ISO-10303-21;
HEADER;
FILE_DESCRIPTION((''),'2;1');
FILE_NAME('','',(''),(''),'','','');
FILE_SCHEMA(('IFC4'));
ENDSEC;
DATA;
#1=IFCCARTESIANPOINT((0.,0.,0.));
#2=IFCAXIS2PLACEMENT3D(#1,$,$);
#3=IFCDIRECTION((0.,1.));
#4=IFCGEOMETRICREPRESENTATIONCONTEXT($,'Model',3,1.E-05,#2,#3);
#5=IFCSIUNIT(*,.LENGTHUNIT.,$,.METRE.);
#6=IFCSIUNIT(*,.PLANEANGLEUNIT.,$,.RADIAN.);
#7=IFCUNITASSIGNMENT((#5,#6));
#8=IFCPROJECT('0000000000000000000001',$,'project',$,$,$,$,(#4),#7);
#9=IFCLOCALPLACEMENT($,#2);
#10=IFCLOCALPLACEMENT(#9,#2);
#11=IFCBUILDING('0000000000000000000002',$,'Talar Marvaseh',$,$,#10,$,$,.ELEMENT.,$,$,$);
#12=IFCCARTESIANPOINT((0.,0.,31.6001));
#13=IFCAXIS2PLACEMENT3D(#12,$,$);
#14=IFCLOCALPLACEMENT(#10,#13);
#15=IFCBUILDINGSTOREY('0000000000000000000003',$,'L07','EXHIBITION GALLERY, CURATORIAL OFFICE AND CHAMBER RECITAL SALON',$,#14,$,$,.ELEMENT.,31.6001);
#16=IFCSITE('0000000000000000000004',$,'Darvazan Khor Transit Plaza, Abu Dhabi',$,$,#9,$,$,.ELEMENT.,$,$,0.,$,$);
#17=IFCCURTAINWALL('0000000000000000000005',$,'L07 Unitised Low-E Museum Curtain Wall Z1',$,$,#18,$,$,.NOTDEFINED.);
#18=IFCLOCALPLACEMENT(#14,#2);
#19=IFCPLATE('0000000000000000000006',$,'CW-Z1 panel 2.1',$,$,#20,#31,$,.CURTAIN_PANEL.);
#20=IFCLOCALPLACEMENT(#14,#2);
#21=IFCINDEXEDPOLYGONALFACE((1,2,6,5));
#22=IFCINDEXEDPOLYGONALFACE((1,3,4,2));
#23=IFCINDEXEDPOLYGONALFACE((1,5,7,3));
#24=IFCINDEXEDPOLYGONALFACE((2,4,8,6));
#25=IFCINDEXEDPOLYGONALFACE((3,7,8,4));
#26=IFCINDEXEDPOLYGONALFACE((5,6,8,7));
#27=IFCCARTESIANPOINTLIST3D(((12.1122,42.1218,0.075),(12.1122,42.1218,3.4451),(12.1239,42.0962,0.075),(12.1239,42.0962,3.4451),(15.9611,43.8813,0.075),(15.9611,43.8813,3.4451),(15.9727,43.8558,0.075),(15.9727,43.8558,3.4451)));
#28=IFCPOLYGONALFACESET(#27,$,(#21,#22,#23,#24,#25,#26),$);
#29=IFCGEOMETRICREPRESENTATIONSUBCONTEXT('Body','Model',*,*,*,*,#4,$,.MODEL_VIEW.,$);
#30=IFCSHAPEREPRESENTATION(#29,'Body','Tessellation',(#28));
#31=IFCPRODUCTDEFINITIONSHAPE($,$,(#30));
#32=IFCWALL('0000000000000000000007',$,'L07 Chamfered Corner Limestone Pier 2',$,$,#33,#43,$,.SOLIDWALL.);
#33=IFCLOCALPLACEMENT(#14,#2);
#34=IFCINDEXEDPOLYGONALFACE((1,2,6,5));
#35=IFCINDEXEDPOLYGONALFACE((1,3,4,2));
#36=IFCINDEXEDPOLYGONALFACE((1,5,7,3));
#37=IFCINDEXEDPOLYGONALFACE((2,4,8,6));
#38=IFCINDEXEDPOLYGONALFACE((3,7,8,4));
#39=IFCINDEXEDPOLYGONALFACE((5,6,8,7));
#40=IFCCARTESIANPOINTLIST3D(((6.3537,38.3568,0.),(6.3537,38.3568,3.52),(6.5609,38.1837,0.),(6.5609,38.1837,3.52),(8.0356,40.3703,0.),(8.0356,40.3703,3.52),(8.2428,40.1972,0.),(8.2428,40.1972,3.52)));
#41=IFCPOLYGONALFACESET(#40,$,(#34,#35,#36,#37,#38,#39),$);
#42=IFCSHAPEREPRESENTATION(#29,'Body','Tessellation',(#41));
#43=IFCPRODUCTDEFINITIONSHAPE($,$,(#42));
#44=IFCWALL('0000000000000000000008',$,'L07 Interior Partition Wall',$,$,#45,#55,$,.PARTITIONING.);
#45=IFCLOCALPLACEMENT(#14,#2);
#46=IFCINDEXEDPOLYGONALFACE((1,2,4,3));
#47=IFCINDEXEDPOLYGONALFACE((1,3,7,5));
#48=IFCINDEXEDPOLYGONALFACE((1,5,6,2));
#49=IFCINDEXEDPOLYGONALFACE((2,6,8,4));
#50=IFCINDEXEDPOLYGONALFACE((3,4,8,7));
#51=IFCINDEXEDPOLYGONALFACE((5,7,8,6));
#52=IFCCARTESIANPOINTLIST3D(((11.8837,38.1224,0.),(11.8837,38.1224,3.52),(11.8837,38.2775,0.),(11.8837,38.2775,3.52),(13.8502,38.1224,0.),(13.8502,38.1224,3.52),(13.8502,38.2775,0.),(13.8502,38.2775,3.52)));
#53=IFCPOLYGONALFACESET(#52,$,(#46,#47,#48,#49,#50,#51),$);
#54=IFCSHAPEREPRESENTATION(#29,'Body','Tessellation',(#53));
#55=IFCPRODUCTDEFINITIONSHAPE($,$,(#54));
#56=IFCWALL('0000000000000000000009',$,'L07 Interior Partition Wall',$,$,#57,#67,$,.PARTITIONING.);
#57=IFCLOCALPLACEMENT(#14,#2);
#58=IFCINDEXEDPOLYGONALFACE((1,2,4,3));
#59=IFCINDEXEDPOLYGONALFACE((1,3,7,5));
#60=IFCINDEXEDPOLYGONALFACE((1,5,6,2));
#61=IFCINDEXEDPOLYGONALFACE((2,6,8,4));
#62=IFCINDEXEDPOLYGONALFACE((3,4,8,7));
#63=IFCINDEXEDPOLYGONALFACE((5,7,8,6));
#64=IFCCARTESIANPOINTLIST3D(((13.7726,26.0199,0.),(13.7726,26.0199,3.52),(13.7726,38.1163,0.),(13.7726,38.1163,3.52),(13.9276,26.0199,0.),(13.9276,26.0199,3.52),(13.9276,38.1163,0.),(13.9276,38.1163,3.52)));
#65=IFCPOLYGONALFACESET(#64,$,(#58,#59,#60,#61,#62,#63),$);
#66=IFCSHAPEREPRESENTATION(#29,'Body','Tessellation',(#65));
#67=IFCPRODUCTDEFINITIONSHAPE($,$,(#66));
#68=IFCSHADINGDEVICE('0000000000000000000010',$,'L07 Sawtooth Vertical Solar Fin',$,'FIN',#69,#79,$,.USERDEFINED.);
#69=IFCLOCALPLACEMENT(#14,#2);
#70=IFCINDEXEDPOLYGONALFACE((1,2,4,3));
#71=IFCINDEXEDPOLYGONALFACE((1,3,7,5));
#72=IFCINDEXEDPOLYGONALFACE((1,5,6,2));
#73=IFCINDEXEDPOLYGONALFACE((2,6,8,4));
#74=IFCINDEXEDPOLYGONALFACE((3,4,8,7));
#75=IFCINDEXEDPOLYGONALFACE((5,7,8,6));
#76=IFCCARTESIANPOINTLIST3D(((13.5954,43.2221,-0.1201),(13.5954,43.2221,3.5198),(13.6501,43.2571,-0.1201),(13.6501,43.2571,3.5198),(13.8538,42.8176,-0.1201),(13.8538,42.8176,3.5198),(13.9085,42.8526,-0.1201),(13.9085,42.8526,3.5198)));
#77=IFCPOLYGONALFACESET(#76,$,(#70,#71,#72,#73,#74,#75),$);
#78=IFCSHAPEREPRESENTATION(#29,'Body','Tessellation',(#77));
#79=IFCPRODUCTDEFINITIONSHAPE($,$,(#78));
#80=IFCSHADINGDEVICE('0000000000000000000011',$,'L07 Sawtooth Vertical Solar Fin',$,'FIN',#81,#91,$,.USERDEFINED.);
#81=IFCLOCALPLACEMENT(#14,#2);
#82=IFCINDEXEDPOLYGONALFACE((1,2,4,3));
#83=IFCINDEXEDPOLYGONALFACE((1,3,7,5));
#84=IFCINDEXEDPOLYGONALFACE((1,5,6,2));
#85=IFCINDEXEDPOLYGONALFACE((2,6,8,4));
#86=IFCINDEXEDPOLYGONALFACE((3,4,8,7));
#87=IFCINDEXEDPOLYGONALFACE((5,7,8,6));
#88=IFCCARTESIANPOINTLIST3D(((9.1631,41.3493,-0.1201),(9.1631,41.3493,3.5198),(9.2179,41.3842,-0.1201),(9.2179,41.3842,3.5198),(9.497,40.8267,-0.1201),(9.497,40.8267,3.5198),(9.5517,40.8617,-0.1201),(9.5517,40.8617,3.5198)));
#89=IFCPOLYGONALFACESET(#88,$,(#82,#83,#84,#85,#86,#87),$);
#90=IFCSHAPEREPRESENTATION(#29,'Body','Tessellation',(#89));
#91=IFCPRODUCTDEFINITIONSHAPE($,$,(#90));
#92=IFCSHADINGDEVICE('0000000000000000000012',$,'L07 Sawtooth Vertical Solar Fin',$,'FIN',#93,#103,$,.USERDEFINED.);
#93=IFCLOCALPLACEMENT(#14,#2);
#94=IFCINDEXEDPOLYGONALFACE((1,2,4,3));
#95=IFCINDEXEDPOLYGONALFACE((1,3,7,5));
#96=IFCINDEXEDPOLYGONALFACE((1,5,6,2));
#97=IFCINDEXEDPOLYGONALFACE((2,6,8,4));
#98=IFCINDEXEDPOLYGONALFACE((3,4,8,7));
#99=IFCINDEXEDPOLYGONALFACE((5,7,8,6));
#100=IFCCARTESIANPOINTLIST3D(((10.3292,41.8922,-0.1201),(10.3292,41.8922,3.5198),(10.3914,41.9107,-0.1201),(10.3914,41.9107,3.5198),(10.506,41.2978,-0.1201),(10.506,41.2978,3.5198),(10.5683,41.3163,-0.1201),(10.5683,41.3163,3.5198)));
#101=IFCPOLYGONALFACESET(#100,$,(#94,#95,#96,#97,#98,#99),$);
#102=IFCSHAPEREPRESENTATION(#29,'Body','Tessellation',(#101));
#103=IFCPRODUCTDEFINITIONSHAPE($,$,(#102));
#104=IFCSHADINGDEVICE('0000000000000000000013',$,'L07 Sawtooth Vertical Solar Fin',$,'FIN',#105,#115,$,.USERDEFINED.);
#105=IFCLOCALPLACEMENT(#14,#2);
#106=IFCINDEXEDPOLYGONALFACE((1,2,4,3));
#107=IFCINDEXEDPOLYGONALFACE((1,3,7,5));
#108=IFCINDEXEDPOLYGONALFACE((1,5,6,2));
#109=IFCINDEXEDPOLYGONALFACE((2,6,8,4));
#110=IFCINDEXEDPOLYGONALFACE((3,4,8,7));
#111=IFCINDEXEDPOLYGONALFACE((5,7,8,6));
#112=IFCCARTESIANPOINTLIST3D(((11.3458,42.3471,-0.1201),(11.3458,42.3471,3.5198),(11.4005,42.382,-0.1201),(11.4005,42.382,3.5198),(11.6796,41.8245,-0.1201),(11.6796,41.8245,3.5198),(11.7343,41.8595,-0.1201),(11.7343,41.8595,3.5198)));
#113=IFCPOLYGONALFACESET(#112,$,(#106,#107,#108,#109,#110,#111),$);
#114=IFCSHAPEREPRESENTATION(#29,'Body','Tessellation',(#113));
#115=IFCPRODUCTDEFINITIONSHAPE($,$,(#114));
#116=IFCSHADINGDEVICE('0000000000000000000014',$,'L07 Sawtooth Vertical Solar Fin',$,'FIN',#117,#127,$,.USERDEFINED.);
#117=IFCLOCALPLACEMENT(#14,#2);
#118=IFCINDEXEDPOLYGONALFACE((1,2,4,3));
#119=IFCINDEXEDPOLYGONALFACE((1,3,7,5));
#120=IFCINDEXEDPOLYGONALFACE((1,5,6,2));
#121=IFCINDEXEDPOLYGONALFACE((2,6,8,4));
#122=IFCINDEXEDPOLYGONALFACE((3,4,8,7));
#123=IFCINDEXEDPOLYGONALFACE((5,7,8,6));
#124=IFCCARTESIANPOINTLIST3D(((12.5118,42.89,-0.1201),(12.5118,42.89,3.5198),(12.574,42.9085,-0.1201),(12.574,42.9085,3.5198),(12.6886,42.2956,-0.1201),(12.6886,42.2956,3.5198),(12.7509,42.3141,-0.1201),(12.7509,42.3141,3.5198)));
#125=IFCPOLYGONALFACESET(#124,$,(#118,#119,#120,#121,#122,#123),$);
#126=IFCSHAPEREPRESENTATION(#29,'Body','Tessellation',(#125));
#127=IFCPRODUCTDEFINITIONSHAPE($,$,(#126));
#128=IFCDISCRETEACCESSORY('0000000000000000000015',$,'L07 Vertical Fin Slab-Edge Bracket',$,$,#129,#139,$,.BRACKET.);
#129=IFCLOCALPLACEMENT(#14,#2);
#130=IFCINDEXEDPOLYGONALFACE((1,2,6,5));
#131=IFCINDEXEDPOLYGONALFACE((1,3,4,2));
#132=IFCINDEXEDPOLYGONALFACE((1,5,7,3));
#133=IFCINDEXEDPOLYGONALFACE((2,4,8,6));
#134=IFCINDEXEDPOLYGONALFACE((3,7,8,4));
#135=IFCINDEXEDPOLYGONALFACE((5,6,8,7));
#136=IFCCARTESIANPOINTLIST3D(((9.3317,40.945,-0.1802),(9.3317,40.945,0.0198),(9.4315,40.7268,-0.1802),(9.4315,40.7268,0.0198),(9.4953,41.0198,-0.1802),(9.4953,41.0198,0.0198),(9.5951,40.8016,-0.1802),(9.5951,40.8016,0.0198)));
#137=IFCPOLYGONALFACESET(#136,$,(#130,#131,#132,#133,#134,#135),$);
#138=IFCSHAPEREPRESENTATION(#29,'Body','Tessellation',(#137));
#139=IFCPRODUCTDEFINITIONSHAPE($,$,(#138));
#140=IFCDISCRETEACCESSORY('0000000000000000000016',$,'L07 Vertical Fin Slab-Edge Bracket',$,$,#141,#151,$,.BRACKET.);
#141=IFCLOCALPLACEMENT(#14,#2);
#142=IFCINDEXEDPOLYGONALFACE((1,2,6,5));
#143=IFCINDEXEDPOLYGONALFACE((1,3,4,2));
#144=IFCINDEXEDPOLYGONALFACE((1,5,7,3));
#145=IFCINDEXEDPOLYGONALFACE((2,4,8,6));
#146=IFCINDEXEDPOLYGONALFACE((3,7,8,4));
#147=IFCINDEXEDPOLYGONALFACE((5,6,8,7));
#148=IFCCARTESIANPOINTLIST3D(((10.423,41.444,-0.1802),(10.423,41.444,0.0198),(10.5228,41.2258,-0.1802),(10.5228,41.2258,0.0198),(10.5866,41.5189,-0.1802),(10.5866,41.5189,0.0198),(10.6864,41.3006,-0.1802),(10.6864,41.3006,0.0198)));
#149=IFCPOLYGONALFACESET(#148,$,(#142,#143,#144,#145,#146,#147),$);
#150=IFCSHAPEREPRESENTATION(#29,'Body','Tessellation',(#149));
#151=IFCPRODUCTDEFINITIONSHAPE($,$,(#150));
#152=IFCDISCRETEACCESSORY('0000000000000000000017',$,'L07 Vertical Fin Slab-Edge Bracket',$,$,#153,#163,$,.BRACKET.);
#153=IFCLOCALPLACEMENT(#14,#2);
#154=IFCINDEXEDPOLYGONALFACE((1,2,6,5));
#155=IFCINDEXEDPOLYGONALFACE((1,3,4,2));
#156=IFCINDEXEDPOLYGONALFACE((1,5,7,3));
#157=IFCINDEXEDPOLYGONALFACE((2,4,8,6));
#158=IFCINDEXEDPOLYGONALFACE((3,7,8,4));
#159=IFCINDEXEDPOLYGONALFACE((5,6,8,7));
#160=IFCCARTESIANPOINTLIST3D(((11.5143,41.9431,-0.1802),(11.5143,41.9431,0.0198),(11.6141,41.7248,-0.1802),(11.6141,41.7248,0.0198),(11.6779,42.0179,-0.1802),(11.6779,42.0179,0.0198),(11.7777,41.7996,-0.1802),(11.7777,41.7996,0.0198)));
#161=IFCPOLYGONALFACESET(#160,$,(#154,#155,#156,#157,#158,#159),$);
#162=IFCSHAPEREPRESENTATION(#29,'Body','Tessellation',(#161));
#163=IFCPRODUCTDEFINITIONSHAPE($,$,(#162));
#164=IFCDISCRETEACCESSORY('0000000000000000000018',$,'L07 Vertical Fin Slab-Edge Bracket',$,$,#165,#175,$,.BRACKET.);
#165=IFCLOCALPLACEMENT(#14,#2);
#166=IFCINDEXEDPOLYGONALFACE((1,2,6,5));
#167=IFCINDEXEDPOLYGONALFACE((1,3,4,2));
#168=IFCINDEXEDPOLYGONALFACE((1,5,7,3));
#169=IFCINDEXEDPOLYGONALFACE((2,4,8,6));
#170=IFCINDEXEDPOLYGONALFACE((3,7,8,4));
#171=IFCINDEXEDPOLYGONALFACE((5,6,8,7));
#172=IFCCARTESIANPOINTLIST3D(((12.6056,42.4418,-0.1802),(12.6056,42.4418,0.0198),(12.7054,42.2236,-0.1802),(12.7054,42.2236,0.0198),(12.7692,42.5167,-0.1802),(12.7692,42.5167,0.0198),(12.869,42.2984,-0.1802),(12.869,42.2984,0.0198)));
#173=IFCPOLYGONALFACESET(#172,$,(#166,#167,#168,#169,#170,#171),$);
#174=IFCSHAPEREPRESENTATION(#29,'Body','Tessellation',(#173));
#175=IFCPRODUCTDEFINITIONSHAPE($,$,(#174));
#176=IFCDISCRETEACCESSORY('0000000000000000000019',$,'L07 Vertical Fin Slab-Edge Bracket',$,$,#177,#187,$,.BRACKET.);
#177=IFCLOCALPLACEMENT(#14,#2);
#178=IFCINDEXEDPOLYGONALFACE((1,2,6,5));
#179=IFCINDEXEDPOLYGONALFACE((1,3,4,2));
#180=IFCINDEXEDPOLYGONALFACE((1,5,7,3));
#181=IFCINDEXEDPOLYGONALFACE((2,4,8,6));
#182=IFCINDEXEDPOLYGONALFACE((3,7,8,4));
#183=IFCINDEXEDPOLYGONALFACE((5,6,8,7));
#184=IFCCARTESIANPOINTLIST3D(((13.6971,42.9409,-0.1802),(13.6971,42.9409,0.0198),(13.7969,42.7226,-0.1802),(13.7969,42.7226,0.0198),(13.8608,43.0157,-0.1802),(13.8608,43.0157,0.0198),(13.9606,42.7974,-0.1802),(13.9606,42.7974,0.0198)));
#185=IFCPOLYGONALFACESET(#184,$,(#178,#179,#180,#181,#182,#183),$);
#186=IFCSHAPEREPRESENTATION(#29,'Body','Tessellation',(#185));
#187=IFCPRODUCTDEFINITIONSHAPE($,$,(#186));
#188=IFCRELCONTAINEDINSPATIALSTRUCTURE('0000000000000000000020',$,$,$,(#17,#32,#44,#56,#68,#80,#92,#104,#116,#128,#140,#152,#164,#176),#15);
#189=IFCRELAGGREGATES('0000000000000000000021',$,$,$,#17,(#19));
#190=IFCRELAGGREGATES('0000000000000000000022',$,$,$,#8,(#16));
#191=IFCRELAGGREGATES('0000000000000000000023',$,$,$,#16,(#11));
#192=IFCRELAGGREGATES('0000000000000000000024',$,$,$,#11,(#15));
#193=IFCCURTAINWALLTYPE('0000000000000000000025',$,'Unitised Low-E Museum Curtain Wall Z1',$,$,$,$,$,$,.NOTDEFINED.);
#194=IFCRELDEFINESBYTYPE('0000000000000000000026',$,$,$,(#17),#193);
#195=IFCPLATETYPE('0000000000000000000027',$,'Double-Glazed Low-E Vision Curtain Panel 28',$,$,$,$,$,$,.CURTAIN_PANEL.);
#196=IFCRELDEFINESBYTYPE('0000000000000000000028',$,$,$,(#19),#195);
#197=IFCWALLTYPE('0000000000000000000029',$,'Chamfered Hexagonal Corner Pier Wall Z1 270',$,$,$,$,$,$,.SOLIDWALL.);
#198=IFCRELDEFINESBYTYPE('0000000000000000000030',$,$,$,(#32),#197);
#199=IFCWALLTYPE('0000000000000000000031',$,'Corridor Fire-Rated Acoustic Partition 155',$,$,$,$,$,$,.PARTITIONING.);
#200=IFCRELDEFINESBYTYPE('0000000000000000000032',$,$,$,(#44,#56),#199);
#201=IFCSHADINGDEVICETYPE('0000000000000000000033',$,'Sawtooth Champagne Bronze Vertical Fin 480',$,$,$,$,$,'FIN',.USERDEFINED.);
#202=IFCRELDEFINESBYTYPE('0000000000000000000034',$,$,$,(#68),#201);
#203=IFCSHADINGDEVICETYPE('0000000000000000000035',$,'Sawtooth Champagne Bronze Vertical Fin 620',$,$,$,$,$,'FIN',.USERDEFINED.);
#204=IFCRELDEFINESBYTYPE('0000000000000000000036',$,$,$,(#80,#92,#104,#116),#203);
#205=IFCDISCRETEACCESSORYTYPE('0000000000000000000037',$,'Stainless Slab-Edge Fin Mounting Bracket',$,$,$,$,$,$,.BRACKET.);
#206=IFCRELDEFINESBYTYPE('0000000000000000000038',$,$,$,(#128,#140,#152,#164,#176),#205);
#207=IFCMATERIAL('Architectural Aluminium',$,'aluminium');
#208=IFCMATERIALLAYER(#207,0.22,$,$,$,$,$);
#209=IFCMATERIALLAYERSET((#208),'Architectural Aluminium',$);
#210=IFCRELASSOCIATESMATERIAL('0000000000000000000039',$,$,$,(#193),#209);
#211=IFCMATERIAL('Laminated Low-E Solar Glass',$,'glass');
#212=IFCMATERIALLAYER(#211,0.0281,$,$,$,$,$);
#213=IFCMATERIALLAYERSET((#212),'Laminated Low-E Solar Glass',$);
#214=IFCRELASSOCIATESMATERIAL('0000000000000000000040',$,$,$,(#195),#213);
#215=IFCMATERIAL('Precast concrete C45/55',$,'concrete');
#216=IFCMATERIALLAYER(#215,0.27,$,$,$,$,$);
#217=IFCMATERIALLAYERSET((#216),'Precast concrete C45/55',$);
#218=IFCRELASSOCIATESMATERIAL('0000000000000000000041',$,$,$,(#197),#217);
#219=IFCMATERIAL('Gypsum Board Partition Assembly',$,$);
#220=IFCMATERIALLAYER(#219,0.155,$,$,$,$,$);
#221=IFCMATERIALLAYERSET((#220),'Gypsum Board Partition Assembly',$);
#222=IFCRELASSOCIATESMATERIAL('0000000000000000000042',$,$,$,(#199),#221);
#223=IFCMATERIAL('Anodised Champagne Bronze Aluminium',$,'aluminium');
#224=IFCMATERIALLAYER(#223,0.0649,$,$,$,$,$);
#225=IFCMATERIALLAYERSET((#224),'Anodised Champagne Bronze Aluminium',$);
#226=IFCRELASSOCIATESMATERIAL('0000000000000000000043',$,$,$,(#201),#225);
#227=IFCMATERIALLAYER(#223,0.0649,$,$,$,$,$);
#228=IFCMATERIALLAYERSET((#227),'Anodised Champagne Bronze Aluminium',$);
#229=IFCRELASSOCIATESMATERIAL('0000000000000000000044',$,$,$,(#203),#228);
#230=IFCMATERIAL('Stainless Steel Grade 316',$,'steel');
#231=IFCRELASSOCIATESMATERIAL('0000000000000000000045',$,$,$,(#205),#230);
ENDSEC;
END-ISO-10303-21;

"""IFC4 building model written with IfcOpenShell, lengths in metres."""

from ifc_helpers import new_model, si_unit, direction, frame, frame_2d, origin, origin_2d, place, context, subcontext, project, spatial, rectangle, extrude, source, transform, mapped, material, layer, layer_set, type_object, type_shapes, element, aggregate, save


model = new_model("IFC4")

# Units and contexts
model_context = context("Model", 3, precision=1e-05, world=origin(), true_north=direction((0.0, 1.0)))
body_context = subcontext(model_context, "Body", "Model", "MODEL_VIEW")
ifc_project = project(units=[si_unit("LENGTHUNIT", "METRE"), si_unit("PLANEANGLEUNIT", "RADIAN")], contexts=[model_context])

# Site, building, storey
site_placement = place(None, origin())
site = spatial("IfcSite", under=ifc_project, at=site_placement, Name="Darvazan Khor Transit Plaza, Abu Dhabi", CompositionType="ELEMENT", RefElevation=0.0)
building_placement = place(site_placement, origin())
building = spatial("IfcBuilding", under=site, at=building_placement, Name="Talar Marvaseh", CompositionType="ELEMENT")
storey_placement = place(building_placement, frame((0.0, 0.0, 31.6001)))
storey = spatial("IfcBuildingStorey", under=building, at=storey_placement, Name="L07", Description="EXHIBITION GALLERY, CURATORIAL OFFICE AND CHAMBER RECITAL SALON", CompositionType="ELEMENT", Elevation=31.6001)

# Shared definitions
ifc_material_1 = material(Name="Architectural Aluminium", Category="aluminium")
ifc_layer_1 = layer(ifc_material_1, 0.22)
ifc_layer_set_1 = layer_set([ifc_layer_1], Name="Architectural Aluminium")
curtain_wall_type = type_object("IfcCurtainWallType", Name="Unitised Low-E Museum Curtain Wall Z1", PredefinedType="NOTDEFINED", material=ifc_layer_set_1)

# Curtain wall, plate
curtain_wall_1_placement = place(storey_placement, origin())
curtain_wall_1 = element("IfcCurtainWall", 1, at=curtain_wall_1_placement, inside=storey, type_object=curtain_wall_type, Name="L07 Unitised Low-E Museum Curtain Wall Z1", PredefinedType="NOTDEFINED")
ifc_material_2 = material(Name="Laminated Low-E Solar Glass", Category="glass")
ifc_layer_2 = layer(ifc_material_2, 0.0281)
ifc_layer_set_2 = layer_set([ifc_layer_2], Name="Laminated Low-E Solar Glass")
plate_type = type_object("IfcPlateType", Name="Double-Glazed Low-E Vision Curtain Panel 28", PredefinedType="CURTAIN_PANEL", material=ifc_layer_set_2)
shared_shape_1 = source(origin(), body_context, "Body", "SweptSolid", [
    extrude(rectangle(XDim=4.2319, YDim=0.0281, at=origin_2d()), origin(), (0.0, 0.0, 1.0), 3.3701),
])
plate_1_placement = place(storey_placement, frame((14.0425, 42.9888, 0.075), z_axis=(0.0, 0.0, 1.0), x_axis=(0.90947, 0.41577, 0.0)))
plate_1 = element("IfcPlate", 2, at=plate_1_placement, type_object=plate_type, Name="CW-Z1 panel 2.1", PredefinedType="CURTAIN_PANEL", context=body_context, shape_type="MappedRepresentation", body=[
    mapped(shared_shape_1, transform((0.0, 0.0, 0.0), x_axis=(1.0, 0.0, 0.0), y_axis=(0.0, 1.0, 0.0), z_axis=(0.0, 0.0, 1.0), scale=1.0)),
])
aggregate(curtain_wall_1, [plate_1])

# Walls
ifc_material_3 = material(Name="Precast concrete C45/55", Category="concrete")
ifc_layer_3 = layer(ifc_material_3, 0.27)
ifc_layer_set_3 = layer_set([ifc_layer_3], Name="Precast concrete C45/55")
wall_type_1 = type_object("IfcWallType", Name="Chamfered Hexagonal Corner Pier Wall Z1 270", PredefinedType="SOLIDWALL", material=ifc_layer_set_3)
wall_1_placement = place(storey_placement, frame((6.4573, 38.2703, 0.0), z_axis=(0.0, 0.0, 1.0), x_axis=(0.64109, 0.767466, 0.0)))
element("IfcWall", 3, at=wall_1_placement, inside=storey, type_object=wall_type_1, Name="L07 Chamfered Corner Limestone Pier 2", PredefinedType="SOLIDWALL", context=body_context, shape_type="SweptSolid", body=[
    extrude(rectangle(XDim=2.6235, YDim=0.27, at=frame_2d((1.3118, 0.0))), origin(), (0.0, 0.0, 1.0), 3.52),
])
ifc_material_4 = material(Name="Gypsum Board Partition Assembly")
ifc_layer_4 = layer(ifc_material_4, 0.155)
ifc_layer_set_4 = layer_set([ifc_layer_4], Name="Gypsum Board Partition Assembly")
wall_type_2 = type_object("IfcWallType", Name="Corridor Fire-Rated Acoustic Partition 155", PredefinedType="PARTITIONING", material=ifc_layer_set_4)
wall_2_placement = place(storey_placement, frame((11.8835, 38.2, 0.0), z_axis=(0.0, 0.0, 1.0), x_axis=(1.0, 0.0, 0.0)))
element("IfcWall", 4, at=wall_2_placement, inside=storey, type_object=wall_type_2, Name="L07 Interior Partition Wall", PredefinedType="PARTITIONING", context=body_context, shape_type="SweptSolid", body=[
    extrude(rectangle(XDim=1.9666, YDim=0.155, at=frame_2d((0.9834, 0.0))), origin(), (0.0, 0.0, 1.0), 3.52),
])
wall_3_placement = place(storey_placement, frame((13.8501, 38.1165, 0.0), z_axis=(0.0, 0.0, 1.0), x_axis=(0.0, -1.0, 0.0)))
element("IfcWall", 5, at=wall_3_placement, inside=storey, type_object=wall_type_2, Name="L07 Interior Partition Wall", PredefinedType="PARTITIONING", context=body_context, shape_type="SweptSolid", body=[
    extrude(rectangle(XDim=12.0964, YDim=0.155, at=frame_2d((6.0483, 0.0))), origin(), (0.0, 0.0, 1.0), 3.52),
])

# Shading devices
ifc_material_5 = material(Name="Anodised Champagne Bronze Aluminium", Category="aluminium")
ifc_layer_5 = layer(ifc_material_5, 0.0649)
ifc_layer_set_5 = layer_set([ifc_layer_5], Name="Anodised Champagne Bronze Aluminium")
shading_device_type_1 = type_object("IfcShadingDeviceType", Name="Sawtooth Champagne Bronze Vertical Fin 480", ElementType="FIN", PredefinedType="USERDEFINED", material=ifc_layer_set_5)
shared_shape_2 = source(origin(), body_context, "Body", "SweptSolid", [
    extrude(rectangle(XDim=0.48, YDim=0.0649, at=origin_2d()), origin(), (0.0, 0.0, 1.0), 3.6399),
])
type_shapes(shading_device_type_1, [shared_shape_2])
shading_device_placement = place(storey_placement, frame((13.752, 43.0374, -0.1201), z_axis=(0.0, 0.0, 1.0), x_axis=(-0.53833, 0.842734, 0.0)))
element("IfcShadingDevice", 6, at=shading_device_placement, inside=storey, type_object=shading_device_type_1, Name="L07 Sawtooth Vertical Solar Fin", ObjectType="FIN", PredefinedType="USERDEFINED", context=body_context, shape_type="MappedRepresentation", body=[
    mapped(shared_shape_2, transform((0.0, 0.0, 0.0), x_axis=(1.0, 0.0, 0.0), y_axis=(0.0, 1.0, 0.0), z_axis=(0.0, 0.0, 1.0), scale=1.0)),
])
ifc_layer_6 = layer(ifc_material_5, 0.0649)
ifc_layer_set_6 = layer_set([ifc_layer_6], Name="Anodised Champagne Bronze Aluminium")
shading_device_type_2 = type_object("IfcShadingDeviceType", Name="Sawtooth Champagne Bronze Vertical Fin 620", ElementType="FIN", PredefinedType="USERDEFINED", material=ifc_layer_set_6)
shared_shape_3 = source(origin(), body_context, "Body", "SweptSolid", [
    extrude(rectangle(XDim=0.6201, YDim=0.0649, at=origin_2d()), origin(), (0.0, 0.0, 1.0), 3.6399),
])
type_shapes(shading_device_type_2, [shared_shape_3])
for number, where, z_axis, x_axis, name in (
    (7, (9.3574, 41.1055, -0.1201), (0.0, 0.0, 1.0), (-0.53833, 0.842734, 0.0), "L07 Sawtooth Vertical Solar Fin"),
    (8, (10.4487, 41.6042, -0.1201), (0.0, 0.0, 1.0), (-0.285187, 0.958472, 0.0), "L07 Sawtooth Vertical Solar Fin"),
    (9, (11.54, 42.1033, -0.1201), (0.0, 0.0, 1.0), (-0.53833, 0.842734, 0.0), "L07 Sawtooth Vertical Solar Fin"),
    (10, (12.6313, 42.6021, -0.1201), (0.0, 0.0, 1.0), (-0.285187, 0.958472, 0.0), "L07 Sawtooth Vertical Solar Fin"),
):
    element("IfcShadingDevice", number, at=place(storey_placement, frame(where, z_axis=z_axis, x_axis=x_axis)), inside=storey, type_object=shading_device_type_2, Name=name, ObjectType="FIN", PredefinedType="USERDEFINED", context=body_context, shape_type="MappedRepresentation", body=[
        mapped(shared_shape_3, transform((0.0, 0.0, 0.0), x_axis=(1.0, 0.0, 0.0), y_axis=(0.0, 1.0, 0.0), z_axis=(0.0, 0.0, 1.0), scale=1.0)),
    ])

# Discrete accessories
ifc_material_6 = material(Name="Stainless Steel Grade 316", Category="steel")
discrete_accessory_type = type_object("IfcDiscreteAccessoryType", Name="Stainless Slab-Edge Fin Mounting Bracket", PredefinedType="BRACKET", material=ifc_material_6)
shared_shape_4 = source(origin(), body_context, "Body", "SweptSolid", [
    extrude(rectangle(XDim=0.24, YDim=0.1799, at=origin_2d()), origin(), (0.0, 0.0, 1.0), 0.2),
])
type_shapes(discrete_accessory_type, [shared_shape_4])
for number, where, z_axis, x_axis, name in (
    (11, (9.4634, 40.8733, -0.1802), (0.0, 0.0, 1.0), (-0.415805, 0.909454, 0.0), "L07 Vertical Fin Slab-Edge Bracket"),
    (12, (10.5547, 41.3723, -0.1802), (0.0, 0.0, 1.0), (-0.415805, 0.909454, 0.0), "L07 Vertical Fin Slab-Edge Bracket"),
    (13, (11.646, 41.8713, -0.1802), (0.0, 0.0, 1.0), (-0.415805, 0.909454, 0.0), "L07 Vertical Fin Slab-Edge Bracket"),
    (14, (12.7373, 42.3701, -0.1802), (0.0, 0.0, 1.0), (-0.415805, 0.909454, 0.0), "L07 Vertical Fin Slab-Edge Bracket"),
    (15, (13.8289, 42.8691, -0.1802), (0.0, 0.0, 1.0), (-0.415805, 0.909454, 0.0), "L07 Vertical Fin Slab-Edge Bracket"),
):
    element("IfcDiscreteAccessory", number, at=place(storey_placement, frame(where, z_axis=z_axis, x_axis=x_axis)), inside=storey, type_object=discrete_accessory_type, Name=name, PredefinedType="BRACKET", context=body_context, shape_type="MappedRepresentation", body=[
        mapped(shared_shape_4, transform((0.0, 0.0, 0.0), x_axis=(1.0, 0.0, 0.0), y_axis=(0.0, 1.0, 0.0), z_axis=(0.0, 0.0, 1.0), scale=1.0)),
    ])

save(model, "model.ifc")
